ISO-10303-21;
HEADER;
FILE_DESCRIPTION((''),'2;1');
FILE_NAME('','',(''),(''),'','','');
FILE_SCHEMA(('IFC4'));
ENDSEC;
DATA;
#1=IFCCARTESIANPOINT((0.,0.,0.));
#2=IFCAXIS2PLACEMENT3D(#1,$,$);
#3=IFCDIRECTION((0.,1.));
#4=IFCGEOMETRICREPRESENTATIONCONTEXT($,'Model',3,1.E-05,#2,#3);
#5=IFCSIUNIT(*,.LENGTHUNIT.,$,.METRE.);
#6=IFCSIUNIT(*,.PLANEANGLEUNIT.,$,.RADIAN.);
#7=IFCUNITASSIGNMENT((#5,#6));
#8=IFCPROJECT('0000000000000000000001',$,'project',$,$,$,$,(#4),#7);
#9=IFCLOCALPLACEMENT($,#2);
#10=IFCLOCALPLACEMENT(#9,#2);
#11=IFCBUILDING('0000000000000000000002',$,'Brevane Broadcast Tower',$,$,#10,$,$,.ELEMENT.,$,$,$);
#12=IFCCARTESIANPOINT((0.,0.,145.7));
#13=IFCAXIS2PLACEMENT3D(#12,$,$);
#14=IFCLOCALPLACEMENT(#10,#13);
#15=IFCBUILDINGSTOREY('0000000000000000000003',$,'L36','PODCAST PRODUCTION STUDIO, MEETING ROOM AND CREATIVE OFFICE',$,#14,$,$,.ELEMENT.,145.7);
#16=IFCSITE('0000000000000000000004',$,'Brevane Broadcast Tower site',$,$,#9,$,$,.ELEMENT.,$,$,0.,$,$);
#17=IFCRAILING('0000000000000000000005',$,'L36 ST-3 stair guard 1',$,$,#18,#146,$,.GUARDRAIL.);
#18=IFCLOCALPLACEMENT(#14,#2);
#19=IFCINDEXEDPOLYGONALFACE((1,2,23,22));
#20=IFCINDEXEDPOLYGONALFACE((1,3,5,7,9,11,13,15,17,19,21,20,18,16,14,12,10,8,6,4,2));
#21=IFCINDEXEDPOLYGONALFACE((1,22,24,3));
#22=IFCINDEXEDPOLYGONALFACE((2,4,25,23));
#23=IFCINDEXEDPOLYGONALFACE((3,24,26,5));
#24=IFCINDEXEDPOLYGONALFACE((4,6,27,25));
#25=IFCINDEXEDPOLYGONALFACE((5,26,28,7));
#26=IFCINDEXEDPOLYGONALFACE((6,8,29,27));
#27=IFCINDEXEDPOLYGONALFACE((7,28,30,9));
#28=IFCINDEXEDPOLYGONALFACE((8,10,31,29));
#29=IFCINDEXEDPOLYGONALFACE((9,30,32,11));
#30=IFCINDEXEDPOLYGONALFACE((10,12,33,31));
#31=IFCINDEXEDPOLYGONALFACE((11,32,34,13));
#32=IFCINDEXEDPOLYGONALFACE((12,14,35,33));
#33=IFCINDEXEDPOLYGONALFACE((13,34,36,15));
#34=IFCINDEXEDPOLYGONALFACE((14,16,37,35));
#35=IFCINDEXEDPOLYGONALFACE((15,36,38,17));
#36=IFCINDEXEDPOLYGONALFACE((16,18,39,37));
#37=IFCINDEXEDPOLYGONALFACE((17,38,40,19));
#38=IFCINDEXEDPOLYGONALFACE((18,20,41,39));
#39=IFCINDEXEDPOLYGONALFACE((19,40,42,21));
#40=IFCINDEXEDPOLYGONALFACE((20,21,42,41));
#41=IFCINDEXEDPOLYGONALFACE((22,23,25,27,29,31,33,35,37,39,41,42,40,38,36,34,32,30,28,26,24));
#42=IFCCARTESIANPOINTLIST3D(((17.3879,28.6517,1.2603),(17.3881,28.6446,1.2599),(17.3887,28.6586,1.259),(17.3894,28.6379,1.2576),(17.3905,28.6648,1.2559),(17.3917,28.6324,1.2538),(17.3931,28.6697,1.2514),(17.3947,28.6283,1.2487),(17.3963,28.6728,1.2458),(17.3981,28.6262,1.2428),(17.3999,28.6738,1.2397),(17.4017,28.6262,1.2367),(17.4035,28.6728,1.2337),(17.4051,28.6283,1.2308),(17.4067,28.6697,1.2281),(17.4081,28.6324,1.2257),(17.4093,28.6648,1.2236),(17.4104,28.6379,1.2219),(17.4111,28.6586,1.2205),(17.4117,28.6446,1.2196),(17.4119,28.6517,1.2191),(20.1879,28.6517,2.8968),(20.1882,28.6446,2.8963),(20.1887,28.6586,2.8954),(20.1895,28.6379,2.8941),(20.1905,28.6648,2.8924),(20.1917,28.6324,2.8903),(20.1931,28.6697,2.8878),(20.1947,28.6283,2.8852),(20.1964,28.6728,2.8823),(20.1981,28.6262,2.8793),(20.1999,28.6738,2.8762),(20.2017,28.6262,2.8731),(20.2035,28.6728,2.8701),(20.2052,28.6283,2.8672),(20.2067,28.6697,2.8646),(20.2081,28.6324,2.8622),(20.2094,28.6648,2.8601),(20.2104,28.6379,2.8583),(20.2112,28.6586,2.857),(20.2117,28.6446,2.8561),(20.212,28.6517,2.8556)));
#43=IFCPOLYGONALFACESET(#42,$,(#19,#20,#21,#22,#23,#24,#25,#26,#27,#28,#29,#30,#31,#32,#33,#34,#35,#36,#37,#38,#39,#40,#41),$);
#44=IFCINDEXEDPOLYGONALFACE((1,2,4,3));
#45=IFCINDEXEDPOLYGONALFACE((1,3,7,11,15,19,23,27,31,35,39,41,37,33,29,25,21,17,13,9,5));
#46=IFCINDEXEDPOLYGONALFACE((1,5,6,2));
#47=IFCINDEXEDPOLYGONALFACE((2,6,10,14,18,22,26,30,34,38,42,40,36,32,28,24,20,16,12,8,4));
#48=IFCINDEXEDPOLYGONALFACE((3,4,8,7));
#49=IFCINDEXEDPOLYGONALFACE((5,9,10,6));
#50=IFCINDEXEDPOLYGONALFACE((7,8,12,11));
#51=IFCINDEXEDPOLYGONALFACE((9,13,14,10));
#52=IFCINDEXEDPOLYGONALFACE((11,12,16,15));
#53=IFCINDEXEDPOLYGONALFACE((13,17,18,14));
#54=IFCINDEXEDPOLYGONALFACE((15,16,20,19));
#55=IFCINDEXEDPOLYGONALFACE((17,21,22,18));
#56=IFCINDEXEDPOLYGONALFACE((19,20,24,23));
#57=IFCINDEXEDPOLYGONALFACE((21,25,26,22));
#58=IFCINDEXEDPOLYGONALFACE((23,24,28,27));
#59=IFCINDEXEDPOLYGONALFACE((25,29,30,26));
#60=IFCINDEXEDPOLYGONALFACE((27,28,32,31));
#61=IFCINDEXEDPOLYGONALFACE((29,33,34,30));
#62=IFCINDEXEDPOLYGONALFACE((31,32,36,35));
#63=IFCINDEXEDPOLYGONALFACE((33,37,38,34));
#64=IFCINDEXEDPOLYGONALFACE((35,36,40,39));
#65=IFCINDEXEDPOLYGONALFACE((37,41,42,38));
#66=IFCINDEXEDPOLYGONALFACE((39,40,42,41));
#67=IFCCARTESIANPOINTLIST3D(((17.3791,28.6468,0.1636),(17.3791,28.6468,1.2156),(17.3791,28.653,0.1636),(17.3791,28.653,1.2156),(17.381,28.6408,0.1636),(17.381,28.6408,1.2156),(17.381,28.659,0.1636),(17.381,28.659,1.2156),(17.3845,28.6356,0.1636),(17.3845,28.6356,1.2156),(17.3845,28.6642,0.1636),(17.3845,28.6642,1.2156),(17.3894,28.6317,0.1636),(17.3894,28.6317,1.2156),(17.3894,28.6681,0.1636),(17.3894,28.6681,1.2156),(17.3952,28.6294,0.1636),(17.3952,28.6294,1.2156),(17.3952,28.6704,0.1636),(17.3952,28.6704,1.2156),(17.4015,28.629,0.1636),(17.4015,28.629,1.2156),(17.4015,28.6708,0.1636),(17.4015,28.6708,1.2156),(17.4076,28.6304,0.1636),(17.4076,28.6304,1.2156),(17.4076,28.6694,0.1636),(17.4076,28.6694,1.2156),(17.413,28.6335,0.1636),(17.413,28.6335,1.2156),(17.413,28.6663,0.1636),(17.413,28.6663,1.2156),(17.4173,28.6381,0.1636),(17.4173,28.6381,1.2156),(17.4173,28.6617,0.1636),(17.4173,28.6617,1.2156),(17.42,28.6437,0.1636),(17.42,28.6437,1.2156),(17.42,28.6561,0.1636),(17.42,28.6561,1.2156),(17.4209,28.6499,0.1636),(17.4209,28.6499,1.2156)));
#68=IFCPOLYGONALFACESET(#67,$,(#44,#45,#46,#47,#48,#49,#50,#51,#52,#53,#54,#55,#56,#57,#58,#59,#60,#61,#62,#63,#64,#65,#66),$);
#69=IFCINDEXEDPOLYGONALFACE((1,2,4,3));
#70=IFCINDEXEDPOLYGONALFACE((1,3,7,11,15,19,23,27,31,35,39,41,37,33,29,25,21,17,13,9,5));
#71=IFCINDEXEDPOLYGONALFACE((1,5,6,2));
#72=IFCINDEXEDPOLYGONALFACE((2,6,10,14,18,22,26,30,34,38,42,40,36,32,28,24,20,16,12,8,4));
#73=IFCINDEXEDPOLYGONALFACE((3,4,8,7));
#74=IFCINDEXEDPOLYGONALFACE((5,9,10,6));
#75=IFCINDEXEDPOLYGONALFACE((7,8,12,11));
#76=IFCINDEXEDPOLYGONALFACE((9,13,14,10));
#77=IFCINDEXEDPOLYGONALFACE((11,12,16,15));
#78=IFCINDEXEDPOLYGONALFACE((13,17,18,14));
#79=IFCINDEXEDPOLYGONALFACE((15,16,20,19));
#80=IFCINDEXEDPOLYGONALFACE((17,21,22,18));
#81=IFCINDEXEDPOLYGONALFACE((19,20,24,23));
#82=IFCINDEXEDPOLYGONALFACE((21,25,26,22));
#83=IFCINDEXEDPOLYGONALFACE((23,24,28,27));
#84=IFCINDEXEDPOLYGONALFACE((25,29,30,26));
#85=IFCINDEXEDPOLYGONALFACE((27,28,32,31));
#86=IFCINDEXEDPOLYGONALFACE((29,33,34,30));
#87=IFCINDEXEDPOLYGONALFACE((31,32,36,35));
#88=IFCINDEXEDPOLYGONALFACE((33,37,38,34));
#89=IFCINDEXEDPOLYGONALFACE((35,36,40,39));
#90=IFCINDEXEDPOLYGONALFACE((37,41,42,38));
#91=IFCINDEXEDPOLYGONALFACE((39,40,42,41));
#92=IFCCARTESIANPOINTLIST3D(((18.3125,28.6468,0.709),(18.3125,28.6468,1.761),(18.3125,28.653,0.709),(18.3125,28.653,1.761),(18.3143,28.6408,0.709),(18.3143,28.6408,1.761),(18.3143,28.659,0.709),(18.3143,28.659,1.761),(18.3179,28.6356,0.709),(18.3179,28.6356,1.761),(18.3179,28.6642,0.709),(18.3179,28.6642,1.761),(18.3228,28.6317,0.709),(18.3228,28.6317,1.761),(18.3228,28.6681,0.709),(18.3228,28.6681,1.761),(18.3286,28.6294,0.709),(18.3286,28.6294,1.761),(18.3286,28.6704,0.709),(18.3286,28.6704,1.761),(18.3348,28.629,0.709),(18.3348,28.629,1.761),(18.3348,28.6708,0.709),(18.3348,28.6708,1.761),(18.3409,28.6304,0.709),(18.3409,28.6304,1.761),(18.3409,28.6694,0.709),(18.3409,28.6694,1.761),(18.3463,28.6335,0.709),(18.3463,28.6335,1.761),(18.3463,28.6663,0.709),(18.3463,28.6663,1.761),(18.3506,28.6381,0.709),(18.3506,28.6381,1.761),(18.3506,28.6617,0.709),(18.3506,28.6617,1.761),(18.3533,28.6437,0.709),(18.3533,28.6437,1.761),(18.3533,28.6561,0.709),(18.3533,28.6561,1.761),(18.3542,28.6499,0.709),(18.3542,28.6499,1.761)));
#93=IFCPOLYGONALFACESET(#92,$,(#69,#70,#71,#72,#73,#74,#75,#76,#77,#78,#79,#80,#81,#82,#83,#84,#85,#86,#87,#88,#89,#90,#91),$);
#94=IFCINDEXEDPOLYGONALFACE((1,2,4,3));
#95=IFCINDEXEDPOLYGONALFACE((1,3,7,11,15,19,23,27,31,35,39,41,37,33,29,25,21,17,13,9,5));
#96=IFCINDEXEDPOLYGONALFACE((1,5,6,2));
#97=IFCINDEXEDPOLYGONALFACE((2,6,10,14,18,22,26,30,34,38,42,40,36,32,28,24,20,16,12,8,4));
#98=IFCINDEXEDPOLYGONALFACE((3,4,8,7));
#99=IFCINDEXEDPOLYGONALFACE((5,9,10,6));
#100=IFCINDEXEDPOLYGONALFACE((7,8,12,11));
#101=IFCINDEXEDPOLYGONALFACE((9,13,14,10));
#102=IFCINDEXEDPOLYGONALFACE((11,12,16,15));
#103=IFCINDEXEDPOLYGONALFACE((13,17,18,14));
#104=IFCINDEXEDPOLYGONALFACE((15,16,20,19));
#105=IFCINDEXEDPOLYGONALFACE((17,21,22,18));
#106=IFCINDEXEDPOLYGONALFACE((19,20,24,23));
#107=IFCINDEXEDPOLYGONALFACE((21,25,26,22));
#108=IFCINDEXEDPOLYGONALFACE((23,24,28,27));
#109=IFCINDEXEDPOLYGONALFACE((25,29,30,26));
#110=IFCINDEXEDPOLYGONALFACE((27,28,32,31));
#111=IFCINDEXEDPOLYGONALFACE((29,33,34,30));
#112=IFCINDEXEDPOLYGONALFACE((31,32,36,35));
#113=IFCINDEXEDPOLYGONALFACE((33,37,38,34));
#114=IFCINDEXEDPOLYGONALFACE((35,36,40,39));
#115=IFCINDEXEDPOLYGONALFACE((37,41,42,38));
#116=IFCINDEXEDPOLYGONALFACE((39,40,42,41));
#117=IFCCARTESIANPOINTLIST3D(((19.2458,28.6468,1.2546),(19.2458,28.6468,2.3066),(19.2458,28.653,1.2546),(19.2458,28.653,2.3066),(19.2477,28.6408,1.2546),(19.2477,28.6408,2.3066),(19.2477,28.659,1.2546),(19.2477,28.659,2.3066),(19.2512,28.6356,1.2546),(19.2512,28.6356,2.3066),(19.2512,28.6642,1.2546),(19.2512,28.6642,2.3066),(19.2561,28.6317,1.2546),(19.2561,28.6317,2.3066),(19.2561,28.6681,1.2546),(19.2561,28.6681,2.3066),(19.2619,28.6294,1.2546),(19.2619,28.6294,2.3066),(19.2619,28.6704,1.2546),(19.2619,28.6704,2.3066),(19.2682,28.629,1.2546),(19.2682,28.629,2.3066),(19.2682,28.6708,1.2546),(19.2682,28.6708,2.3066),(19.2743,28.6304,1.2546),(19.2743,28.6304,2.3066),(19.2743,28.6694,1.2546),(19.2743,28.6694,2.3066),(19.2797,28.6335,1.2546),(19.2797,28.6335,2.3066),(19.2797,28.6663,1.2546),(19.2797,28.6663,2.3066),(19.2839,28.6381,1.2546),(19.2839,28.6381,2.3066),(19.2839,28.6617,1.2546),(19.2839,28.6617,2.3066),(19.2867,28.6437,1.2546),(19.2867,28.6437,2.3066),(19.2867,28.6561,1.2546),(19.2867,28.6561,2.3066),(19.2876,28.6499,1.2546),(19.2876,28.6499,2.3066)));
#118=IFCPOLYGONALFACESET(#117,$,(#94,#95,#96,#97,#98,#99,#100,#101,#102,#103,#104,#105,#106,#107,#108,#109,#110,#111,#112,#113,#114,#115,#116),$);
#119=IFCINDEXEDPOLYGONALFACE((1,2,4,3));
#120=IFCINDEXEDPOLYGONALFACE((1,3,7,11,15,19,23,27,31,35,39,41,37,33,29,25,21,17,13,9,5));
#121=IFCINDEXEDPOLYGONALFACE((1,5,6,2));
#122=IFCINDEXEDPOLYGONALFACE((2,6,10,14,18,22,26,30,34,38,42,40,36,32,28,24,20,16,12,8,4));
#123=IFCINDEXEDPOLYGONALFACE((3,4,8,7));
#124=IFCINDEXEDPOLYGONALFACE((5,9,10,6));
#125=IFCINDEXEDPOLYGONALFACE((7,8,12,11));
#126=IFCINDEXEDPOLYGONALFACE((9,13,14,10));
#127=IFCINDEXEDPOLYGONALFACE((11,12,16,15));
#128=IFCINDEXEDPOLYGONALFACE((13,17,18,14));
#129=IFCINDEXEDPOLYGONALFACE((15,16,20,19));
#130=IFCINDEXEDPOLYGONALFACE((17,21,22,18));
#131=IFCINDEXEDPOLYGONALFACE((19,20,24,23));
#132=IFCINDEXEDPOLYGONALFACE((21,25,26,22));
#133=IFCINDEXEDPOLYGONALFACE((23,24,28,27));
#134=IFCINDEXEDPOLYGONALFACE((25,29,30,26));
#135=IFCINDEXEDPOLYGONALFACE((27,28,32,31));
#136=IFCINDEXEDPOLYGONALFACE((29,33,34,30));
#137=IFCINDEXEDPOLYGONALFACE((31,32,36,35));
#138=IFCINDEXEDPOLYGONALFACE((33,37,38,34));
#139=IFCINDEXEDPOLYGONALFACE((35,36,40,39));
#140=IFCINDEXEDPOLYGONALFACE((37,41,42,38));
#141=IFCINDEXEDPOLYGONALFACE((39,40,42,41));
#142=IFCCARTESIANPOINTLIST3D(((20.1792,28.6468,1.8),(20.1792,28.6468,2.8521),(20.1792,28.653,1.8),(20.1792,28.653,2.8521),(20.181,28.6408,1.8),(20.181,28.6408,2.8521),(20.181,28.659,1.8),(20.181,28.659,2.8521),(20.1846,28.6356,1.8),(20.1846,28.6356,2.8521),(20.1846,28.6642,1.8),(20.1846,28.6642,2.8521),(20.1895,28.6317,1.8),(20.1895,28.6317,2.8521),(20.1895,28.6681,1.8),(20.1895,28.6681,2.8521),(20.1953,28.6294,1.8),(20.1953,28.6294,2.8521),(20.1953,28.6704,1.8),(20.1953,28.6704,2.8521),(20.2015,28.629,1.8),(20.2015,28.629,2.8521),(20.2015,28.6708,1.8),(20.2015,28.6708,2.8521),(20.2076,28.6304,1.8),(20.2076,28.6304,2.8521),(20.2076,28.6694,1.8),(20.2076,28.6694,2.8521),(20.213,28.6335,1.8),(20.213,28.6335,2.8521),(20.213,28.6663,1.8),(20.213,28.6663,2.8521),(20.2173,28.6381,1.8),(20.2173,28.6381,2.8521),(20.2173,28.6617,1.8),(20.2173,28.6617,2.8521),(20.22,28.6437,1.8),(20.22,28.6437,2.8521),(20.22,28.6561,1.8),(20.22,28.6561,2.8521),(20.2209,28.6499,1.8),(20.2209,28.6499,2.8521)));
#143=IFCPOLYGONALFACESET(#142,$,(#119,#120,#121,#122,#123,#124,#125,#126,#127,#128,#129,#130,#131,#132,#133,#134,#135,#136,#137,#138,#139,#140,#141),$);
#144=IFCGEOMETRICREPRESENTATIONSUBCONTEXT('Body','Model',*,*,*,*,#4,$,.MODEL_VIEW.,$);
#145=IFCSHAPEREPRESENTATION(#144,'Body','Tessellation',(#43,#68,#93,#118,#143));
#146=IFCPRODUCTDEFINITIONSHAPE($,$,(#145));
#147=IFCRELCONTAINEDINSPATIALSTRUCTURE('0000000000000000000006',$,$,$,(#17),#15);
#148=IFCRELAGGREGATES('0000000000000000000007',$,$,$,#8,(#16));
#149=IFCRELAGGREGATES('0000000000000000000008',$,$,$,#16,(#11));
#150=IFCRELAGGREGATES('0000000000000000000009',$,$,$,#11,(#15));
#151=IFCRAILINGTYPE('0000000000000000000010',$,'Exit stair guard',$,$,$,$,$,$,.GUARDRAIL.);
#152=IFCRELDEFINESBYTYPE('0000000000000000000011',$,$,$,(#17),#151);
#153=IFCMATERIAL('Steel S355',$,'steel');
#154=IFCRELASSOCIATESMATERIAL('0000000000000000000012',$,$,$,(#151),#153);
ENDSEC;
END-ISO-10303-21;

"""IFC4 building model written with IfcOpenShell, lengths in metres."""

from ifc_helpers import new_model, si_unit, direction, frame, origin, origin_2d, place, context, subcontext, project, spatial, circle, extrude, material, type_object, element, save


model = new_model("IFC4")

# Units and contexts
model_context = context("Model", 3, precision=1e-05, world=origin(), true_north=direction((0.0, 1.0)))
body_context = subcontext(model_context, "Body", "Model", "MODEL_VIEW")
ifc_project = project(units=[si_unit("LENGTHUNIT", "METRE"), si_unit("PLANEANGLEUNIT", "RADIAN")], contexts=[model_context])

# Site, building, storey
site_placement = place(None, origin())
site = spatial("IfcSite", under=ifc_project, at=site_placement, Name="Brevane Broadcast Tower site", CompositionType="ELEMENT", RefElevation=0.0)
building_placement = place(site_placement, origin())
building = spatial("IfcBuilding", under=site, at=building_placement, Name="Brevane Broadcast Tower", CompositionType="ELEMENT")
storey_placement = place(building_placement, frame((0.0, 0.0, 145.7)))
storey = spatial("IfcBuildingStorey", under=building, at=storey_placement, Name="L36", Description="PODCAST PRODUCTION STUDIO, MEETING ROOM AND CREATIVE OFFICE", CompositionType="ELEMENT", Elevation=145.7)

# Railing
ifc_material_1 = material(Name="Steel S355", Category="steel")
railing_type_1 = type_object("IfcRailingType", Name="Exit stair guard", PredefinedType="GUARDRAIL", material=ifc_material_1)
railing_1_placement = place(storey_placement, frame((17.3999, 28.6499, 0.1636)))
element("IfcRailing", 1, at=railing_1_placement, inside=storey, type_object=railing_type_1, Name="L36 ST-3 stair guard 1", PredefinedType="GUARDRAIL", context=body_context, shape_type="SweptSolid", body=[
    extrude(circle(Radius=0.0239, at=origin_2d()), frame((0.0, 0.0, 1.0762), z_axis=(0.863361, 0.0, 0.504587), x_axis=(0.0, 1.0, 0.0)), (0.0, 0.0, 1.0), 3.2432),
    extrude(circle(Radius=0.021, at=origin_2d()), origin(), (0.0, 0.0, 1.0), 1.052),
    extrude(circle(Radius=0.021, at=origin_2d()), frame((0.9333, 0.0, 0.5454)), (0.0, 0.0, 1.0), 1.052),
    extrude(circle(Radius=0.021, at=origin_2d()), frame((1.8667, 0.0, 1.0911)), (0.0, 0.0, 1.0), 1.052),
    extrude(circle(Radius=0.021, at=origin_2d()), frame((2.8, 0.0, 1.6365)), (0.0, 0.0, 1.0), 1.052),
])

save(model, "model.ifc")
